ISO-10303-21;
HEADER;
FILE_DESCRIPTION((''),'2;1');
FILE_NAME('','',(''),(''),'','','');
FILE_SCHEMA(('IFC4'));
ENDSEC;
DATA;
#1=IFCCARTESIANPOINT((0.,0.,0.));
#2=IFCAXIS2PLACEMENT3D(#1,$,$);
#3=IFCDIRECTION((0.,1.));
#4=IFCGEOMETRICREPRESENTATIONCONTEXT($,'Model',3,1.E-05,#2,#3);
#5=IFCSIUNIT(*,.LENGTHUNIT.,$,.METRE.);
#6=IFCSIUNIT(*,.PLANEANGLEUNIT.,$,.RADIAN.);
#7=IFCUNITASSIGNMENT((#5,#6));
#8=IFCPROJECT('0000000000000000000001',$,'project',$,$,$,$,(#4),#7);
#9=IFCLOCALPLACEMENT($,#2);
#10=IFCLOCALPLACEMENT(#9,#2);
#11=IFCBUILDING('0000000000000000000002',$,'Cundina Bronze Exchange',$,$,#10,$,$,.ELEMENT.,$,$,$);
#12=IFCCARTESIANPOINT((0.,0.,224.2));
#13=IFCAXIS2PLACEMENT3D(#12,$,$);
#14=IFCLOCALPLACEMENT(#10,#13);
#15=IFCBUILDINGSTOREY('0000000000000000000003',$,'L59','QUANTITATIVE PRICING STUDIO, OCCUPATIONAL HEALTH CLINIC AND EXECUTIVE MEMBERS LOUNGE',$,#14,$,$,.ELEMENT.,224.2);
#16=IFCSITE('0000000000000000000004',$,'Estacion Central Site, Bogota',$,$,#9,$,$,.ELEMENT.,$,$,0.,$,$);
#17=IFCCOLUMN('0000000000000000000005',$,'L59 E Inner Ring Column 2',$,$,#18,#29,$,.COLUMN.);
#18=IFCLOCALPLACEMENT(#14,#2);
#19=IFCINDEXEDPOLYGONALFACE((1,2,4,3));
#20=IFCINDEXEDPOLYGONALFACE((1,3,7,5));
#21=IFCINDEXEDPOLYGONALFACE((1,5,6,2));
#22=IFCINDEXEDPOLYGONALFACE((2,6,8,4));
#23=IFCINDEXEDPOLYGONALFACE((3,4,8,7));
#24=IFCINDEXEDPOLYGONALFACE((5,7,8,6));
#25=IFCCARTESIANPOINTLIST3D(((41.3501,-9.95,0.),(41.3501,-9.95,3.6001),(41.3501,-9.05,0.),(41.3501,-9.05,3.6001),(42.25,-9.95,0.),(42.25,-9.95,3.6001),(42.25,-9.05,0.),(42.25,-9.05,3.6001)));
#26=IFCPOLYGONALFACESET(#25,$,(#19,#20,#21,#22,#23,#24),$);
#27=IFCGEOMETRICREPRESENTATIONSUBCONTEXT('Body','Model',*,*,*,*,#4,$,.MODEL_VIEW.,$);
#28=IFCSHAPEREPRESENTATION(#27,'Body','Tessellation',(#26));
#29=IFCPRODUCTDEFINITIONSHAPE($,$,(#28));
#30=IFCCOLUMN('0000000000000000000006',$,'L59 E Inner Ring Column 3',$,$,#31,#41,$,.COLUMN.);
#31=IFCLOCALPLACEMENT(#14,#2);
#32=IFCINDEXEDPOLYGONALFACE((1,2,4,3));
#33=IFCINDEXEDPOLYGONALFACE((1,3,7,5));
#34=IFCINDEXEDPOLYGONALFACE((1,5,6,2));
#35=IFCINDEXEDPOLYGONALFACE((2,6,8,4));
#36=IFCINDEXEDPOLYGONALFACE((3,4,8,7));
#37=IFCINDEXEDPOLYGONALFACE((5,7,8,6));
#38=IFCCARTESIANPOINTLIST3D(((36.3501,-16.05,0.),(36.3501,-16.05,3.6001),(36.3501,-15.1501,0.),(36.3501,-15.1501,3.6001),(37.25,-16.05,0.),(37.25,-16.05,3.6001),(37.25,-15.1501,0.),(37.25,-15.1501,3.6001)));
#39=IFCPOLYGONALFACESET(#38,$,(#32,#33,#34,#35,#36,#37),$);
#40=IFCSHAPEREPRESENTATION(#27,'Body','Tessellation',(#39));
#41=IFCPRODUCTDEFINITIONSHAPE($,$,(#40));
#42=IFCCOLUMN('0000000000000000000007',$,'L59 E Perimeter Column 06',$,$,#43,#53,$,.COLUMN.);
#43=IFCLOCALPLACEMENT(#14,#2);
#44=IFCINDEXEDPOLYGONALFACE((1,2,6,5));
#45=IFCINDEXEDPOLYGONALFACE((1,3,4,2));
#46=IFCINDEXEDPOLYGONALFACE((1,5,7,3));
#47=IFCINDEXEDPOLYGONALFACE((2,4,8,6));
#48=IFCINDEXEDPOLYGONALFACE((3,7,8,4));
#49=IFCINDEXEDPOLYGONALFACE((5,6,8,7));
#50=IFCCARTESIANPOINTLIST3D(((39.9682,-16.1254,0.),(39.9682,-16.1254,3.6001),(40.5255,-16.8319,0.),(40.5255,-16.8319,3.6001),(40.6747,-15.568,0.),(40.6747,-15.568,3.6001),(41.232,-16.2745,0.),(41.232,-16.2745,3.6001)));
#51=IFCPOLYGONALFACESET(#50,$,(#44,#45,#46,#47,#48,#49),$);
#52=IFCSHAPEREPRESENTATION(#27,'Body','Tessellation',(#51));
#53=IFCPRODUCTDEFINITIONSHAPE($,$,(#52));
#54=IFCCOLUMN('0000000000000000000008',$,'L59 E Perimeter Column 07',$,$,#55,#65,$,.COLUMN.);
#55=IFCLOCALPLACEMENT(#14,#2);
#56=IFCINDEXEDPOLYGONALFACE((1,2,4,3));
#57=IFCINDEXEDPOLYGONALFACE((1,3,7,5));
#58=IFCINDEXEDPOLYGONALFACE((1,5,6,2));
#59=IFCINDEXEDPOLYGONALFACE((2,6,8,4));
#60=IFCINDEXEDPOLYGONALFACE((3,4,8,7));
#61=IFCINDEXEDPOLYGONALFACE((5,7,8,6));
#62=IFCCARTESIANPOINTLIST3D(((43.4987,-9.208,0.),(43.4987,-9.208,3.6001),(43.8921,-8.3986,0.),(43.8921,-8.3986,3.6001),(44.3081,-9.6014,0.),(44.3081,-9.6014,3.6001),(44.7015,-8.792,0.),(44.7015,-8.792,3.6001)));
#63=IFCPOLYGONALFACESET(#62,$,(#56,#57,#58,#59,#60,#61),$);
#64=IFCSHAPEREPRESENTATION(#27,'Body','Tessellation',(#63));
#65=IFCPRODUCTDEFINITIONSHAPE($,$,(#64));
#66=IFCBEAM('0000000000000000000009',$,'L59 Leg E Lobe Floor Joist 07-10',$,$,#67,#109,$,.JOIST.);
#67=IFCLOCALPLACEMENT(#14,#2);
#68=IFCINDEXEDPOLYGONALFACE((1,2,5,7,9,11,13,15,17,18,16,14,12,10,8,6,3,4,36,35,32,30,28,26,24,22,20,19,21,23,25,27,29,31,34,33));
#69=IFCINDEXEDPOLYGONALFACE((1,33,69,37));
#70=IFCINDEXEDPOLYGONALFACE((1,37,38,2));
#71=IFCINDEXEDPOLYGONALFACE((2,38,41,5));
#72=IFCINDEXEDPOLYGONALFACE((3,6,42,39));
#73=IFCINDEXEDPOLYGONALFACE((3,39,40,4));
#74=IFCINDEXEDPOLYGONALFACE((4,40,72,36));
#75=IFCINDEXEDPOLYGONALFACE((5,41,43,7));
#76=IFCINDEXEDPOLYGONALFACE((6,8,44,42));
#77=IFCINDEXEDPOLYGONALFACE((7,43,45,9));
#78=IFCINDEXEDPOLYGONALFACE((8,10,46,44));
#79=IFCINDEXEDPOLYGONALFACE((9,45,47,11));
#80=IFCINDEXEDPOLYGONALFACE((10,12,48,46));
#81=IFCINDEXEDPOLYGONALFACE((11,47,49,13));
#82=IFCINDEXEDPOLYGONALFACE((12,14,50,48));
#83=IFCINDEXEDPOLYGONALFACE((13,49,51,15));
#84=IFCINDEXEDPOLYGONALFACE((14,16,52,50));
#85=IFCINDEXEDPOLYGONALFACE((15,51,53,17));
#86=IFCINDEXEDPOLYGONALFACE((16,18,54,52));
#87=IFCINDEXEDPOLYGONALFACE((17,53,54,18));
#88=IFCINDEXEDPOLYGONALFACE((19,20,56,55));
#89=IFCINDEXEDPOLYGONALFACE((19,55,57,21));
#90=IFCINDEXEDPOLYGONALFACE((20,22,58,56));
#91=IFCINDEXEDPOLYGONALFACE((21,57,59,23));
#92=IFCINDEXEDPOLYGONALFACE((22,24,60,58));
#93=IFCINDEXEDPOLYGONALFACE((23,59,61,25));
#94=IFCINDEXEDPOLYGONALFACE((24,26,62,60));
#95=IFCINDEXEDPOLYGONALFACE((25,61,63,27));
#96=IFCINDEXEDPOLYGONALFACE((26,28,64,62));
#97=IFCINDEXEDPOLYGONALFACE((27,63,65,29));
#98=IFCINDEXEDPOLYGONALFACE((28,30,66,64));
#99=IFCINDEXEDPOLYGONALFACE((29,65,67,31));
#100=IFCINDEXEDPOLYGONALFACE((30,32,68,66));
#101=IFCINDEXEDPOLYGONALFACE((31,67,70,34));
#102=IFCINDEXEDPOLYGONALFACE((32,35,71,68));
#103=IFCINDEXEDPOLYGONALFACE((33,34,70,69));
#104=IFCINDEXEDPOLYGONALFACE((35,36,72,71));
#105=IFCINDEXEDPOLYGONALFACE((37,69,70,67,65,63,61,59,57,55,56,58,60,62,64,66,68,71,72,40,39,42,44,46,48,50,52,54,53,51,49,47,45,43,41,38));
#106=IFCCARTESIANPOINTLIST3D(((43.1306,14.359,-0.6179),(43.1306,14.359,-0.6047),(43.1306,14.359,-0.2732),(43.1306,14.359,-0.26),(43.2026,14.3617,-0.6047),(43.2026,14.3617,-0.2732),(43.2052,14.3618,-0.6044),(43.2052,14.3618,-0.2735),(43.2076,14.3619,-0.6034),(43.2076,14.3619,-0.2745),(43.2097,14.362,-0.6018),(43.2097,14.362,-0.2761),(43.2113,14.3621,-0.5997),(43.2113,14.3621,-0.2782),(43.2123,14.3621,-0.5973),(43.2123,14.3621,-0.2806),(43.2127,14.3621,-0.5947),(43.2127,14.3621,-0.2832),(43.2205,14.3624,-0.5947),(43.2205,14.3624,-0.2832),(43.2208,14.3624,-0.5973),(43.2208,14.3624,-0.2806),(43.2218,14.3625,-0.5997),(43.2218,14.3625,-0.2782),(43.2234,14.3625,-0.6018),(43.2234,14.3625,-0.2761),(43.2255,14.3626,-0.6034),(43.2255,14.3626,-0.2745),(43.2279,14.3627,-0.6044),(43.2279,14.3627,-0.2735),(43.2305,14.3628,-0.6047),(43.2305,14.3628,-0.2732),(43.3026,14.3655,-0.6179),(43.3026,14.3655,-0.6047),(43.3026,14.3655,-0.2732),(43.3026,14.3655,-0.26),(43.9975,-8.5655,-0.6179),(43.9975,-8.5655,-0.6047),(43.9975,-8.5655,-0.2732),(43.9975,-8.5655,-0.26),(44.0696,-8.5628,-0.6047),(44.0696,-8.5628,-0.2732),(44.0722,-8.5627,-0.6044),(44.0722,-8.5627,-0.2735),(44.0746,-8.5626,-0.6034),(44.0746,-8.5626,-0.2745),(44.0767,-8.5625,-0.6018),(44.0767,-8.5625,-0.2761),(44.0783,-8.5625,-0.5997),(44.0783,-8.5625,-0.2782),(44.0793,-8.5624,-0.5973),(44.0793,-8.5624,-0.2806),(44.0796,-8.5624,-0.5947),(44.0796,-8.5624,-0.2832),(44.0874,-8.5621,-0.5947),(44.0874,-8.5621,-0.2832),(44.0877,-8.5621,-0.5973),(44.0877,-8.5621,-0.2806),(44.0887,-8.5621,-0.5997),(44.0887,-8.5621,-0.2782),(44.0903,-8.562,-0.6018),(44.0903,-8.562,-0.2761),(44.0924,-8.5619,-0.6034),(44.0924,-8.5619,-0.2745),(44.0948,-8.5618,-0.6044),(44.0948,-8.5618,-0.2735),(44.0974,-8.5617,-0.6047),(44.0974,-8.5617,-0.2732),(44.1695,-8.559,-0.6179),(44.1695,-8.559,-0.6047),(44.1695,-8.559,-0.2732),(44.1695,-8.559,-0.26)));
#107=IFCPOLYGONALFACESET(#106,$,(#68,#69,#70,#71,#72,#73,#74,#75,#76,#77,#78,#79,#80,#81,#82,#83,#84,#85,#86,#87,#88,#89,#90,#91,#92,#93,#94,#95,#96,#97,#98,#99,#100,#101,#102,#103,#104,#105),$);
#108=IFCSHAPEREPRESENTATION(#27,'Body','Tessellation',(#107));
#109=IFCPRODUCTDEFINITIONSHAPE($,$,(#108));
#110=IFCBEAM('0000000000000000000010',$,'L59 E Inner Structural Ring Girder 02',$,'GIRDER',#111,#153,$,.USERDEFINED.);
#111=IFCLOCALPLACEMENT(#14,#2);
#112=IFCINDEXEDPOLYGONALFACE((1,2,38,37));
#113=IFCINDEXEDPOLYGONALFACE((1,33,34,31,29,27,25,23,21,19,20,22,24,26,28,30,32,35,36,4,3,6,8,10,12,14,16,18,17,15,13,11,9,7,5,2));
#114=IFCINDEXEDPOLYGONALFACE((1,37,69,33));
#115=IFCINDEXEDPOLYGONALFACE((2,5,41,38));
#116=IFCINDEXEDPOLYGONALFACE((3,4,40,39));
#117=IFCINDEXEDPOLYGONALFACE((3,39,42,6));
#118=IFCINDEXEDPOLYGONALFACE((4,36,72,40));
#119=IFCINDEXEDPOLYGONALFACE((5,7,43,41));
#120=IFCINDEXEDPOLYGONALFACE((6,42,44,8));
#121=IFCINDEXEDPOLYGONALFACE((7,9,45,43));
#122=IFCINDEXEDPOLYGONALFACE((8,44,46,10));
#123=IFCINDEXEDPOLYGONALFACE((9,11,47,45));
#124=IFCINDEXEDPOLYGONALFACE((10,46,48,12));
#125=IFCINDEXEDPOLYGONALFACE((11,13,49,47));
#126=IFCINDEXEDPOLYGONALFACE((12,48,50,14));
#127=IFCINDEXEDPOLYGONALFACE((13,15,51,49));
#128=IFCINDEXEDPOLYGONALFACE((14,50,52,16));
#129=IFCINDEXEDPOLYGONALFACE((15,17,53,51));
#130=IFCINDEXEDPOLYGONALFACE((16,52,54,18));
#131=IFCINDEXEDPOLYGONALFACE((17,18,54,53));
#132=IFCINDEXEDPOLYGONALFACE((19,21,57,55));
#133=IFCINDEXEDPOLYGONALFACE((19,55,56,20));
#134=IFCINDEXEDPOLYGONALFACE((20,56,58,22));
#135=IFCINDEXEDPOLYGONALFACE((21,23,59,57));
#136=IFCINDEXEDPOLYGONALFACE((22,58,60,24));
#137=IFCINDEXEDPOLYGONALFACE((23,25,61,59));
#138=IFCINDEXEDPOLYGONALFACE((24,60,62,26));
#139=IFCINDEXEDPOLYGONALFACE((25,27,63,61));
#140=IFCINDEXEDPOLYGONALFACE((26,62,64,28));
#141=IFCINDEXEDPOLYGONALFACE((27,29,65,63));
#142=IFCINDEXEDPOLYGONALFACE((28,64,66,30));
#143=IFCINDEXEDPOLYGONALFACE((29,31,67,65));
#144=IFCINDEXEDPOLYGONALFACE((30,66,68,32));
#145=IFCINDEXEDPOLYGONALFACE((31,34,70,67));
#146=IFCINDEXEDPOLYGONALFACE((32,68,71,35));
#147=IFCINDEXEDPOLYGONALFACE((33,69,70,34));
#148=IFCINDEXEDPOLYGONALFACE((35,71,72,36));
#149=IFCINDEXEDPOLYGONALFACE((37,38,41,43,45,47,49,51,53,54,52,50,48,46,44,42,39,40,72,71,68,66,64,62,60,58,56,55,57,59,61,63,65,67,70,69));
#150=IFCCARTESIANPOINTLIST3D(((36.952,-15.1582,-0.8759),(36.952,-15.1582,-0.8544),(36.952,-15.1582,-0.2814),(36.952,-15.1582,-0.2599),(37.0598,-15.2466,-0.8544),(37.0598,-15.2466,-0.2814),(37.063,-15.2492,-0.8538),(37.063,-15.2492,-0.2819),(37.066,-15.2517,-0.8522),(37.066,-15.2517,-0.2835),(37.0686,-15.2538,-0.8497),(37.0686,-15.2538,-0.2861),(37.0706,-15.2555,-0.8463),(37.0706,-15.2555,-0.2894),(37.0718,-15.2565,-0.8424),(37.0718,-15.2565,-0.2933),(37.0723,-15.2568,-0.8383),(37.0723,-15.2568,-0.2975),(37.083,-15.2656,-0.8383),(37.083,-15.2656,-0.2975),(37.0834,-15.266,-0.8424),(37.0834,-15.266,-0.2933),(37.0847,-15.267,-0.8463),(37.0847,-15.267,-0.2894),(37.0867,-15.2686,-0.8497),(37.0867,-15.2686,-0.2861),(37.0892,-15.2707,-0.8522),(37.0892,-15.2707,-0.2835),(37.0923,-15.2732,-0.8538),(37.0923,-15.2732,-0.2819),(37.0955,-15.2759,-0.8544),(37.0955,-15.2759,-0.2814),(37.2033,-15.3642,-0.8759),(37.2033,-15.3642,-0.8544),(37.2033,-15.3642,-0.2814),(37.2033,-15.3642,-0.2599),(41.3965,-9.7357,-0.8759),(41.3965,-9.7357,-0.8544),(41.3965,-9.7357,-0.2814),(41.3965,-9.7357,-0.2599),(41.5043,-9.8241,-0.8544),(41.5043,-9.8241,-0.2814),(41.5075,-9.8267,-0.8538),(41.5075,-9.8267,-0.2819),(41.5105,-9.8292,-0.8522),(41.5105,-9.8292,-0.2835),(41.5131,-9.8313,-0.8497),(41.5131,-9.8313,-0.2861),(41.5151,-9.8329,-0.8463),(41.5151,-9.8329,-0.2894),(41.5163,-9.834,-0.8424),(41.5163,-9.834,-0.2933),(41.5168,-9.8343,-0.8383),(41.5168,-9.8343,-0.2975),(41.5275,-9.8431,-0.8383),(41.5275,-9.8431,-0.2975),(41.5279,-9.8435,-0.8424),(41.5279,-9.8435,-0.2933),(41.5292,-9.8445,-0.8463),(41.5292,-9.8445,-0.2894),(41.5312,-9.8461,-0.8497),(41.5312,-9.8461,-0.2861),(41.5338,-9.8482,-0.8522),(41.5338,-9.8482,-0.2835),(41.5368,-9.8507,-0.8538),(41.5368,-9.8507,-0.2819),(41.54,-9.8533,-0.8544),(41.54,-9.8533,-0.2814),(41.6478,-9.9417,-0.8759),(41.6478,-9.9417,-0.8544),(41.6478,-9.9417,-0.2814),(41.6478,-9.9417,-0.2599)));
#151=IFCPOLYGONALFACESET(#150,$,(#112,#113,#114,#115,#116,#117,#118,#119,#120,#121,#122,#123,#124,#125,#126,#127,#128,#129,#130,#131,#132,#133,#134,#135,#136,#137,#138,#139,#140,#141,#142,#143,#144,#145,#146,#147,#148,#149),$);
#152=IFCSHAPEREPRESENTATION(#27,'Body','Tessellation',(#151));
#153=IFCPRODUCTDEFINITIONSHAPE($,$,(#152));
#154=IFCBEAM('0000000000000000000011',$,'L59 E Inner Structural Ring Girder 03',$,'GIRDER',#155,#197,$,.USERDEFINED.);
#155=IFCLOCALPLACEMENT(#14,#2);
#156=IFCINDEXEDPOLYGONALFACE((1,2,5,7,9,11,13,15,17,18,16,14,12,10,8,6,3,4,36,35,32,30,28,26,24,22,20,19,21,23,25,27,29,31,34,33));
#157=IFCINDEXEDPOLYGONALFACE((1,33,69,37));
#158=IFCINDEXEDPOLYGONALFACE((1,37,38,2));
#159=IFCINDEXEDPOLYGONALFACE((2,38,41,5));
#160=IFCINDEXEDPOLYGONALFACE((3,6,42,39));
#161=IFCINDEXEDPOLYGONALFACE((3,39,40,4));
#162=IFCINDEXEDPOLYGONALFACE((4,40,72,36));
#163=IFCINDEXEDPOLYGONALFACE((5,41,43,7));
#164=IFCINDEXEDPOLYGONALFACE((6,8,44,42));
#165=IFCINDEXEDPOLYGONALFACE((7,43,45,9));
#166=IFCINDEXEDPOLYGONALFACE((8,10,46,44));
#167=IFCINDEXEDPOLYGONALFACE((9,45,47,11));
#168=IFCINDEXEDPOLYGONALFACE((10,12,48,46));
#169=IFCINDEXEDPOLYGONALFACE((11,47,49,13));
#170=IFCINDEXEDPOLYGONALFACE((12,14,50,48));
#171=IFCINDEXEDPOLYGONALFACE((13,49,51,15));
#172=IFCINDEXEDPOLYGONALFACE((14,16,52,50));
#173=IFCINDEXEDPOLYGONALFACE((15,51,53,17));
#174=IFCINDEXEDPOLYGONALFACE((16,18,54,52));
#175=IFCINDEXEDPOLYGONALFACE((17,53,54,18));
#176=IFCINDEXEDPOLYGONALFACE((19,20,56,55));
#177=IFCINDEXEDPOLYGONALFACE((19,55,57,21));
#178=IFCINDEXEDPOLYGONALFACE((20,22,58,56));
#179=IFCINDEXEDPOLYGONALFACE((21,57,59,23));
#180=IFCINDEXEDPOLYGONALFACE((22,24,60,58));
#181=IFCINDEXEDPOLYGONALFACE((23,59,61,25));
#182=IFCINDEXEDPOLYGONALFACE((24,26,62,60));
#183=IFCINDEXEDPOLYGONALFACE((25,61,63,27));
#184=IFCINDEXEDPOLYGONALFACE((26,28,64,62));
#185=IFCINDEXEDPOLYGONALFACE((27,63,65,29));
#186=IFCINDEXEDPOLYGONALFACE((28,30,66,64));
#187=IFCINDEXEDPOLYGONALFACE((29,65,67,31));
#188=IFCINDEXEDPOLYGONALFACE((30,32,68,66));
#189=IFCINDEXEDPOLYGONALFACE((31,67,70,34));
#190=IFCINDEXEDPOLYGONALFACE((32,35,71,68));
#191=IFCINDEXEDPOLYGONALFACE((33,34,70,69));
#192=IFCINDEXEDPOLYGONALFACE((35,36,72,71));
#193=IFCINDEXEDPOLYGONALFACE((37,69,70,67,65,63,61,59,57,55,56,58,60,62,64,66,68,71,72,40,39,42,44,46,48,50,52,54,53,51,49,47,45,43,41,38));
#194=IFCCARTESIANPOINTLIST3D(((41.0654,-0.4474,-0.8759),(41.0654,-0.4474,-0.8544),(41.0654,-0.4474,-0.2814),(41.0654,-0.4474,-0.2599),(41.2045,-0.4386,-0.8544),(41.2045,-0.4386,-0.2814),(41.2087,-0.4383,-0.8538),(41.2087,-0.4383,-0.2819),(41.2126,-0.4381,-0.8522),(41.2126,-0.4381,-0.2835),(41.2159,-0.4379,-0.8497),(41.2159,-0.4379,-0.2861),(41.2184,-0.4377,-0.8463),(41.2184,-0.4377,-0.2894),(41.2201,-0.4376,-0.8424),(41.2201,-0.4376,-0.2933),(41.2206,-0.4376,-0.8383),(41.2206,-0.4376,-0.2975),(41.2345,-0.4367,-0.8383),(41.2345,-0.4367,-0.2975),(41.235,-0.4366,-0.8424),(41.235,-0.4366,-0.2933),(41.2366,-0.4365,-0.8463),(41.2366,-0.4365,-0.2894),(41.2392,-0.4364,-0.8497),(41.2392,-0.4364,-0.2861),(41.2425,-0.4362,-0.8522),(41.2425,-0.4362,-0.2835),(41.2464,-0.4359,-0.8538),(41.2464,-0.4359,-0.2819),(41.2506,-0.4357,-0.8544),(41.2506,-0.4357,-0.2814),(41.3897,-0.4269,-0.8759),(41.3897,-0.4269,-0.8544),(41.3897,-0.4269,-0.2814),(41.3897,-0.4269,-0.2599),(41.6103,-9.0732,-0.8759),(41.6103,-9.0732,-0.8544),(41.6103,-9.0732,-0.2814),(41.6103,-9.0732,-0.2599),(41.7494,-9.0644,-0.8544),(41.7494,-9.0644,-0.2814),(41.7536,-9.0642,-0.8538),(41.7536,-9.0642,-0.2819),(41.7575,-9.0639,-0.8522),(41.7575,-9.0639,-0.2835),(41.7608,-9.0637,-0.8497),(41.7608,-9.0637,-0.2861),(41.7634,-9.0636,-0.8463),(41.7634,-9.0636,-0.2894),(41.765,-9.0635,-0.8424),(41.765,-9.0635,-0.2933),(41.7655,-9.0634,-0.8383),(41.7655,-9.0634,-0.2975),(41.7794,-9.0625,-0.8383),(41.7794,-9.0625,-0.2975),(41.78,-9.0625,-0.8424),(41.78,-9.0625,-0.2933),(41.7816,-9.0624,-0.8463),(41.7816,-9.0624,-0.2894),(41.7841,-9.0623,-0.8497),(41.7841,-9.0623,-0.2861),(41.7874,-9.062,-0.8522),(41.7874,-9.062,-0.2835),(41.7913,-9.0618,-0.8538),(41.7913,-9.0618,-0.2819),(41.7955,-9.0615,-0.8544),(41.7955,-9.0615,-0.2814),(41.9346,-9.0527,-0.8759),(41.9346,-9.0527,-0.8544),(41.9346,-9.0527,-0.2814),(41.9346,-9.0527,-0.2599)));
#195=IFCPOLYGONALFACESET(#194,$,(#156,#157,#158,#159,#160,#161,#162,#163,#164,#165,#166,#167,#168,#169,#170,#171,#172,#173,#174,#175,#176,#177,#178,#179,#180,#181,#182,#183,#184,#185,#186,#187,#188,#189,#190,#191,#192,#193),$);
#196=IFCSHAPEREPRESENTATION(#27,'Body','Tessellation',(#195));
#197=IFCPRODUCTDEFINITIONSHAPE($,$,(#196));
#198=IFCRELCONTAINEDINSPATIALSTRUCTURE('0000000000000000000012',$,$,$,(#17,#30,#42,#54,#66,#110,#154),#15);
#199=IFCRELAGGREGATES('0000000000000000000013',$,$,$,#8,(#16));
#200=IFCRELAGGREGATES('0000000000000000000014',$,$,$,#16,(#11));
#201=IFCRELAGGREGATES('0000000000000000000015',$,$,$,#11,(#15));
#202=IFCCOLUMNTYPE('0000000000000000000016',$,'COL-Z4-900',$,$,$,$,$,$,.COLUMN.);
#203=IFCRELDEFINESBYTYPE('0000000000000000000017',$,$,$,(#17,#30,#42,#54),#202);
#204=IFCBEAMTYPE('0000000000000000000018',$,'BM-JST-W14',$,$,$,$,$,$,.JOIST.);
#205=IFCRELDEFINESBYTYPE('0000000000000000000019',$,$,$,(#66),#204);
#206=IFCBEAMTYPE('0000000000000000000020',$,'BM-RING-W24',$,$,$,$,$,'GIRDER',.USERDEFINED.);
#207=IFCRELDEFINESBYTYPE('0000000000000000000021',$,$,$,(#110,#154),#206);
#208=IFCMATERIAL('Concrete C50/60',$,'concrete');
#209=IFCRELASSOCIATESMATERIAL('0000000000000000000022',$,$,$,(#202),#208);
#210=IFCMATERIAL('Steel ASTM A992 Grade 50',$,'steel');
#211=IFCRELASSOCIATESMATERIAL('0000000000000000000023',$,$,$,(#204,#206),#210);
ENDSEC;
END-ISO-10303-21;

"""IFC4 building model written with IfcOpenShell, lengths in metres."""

from ifc_helpers import new_model, si_unit, direction, frame, origin, origin_2d, place, context, subcontext, project, spatial, rectangle, i_section, extrude, material, material_profile, profile_set, type_object, element, save


model = new_model("IFC4")

# Units and contexts
model_context = context("Model", 3, precision=1e-05, world=origin(), true_north=direction((0.0, 1.0)))
body_context = subcontext(model_context, "Body", "Model", "MODEL_VIEW")
ifc_project = project(units=[si_unit("LENGTHUNIT", "METRE"), si_unit("PLANEANGLEUNIT", "RADIAN")], contexts=[model_context])

# Site, building, storey
site_placement = place(None, origin())
site = spatial("IfcSite", under=ifc_project, at=site_placement, Name="Estacion Central Site, Bogota", CompositionType="ELEMENT", RefElevation=0.0)
building_placement = place(site_placement, origin())
building = spatial("IfcBuilding", under=site, at=building_placement, Name="Cundina Bronze Exchange", CompositionType="ELEMENT")
storey_placement = place(building_placement, frame((0.0, 0.0, 224.2)))
storey = spatial("IfcBuildingStorey", under=building, at=storey_placement, Name="L59", Description="QUANTITATIVE PRICING STUDIO, OCCUPATIONAL HEALTH CLINIC AND EXECUTIVE MEMBERS LOUNGE", CompositionType="ELEMENT", Elevation=224.2)

# Columns
ifc_material_1 = material(Name="Concrete C50/60", Category="concrete")
ifc_material_profile_1 = material_profile(ifc_material_1, rectangle(XDim=0.8999, YDim=0.8999, at=origin_2d()), Name="RC900X900", Category="concrete")
ifc_profile_set_1 = profile_set([ifc_material_profile_1], Name="Concrete C50/60")
column_type = type_object("IfcColumnType", Name="COL-Z4-900", PredefinedType="COLUMN", material=ifc_profile_set_1)
for number, where, z_axis, x_axis, name in (
    (1, (41.8, -9.5, 0.0), (0.0, 0.0, 1.0), (1.0, 0.0, 0.0), "L59 E Inner Ring Column 2"),
    (2, (36.8, -15.6001, 0.0), (0.0, 0.0, 1.0), (1.0, 0.0, 0.0), "L59 E Inner Ring Column 3"),
    (3, (40.6001, -16.2, 0.0), (0.0, 0.0, 1.0), (0.785101, 0.619368, 0.0), "L59 E Perimeter Column 06"),
    (4, (44.1001, -9.0, 0.0), (0.0, 0.0, 1.0), (0.437116, 0.899405, 0.0), "L59 E Perimeter Column 07"),
):
    element("IfcColumn", number, at=place(storey_placement, frame(where, z_axis=z_axis, x_axis=x_axis)), inside=storey, type_object=column_type, Name=name, PredefinedType="COLUMN", context=body_context, shape_type="SweptSolid", body=[
        extrude(rectangle(XDim=0.8999, YDim=0.8999, at=origin_2d()), origin(), (0.0, 0.0, 1.0), 3.6001),
    ])

# Beams
ifc_material_2 = material(Name="Steel ASTM A992 Grade 50", Category="steel")
ifc_material_profile_2 = material_profile(ifc_material_2, i_section(OverallWidth=0.1721, OverallDepth=0.3579, WebThickness=0.0078, FlangeThickness=0.0132, FilletRadius=0.01, at=origin_2d()), Name="W14X38", Category="steel")
ifc_profile_set_2 = profile_set([ifc_material_profile_2], Name="Steel ASTM A992 Grade 50")
beam_type_1 = type_object("IfcBeamType", Name="BM-JST-W14", PredefinedType="JOIST", material=ifc_profile_set_2)
beam_1_placement = place(storey_placement, frame((44.0835, -8.5623, -0.439), z_axis=(-0.03779, 0.999286, 0.0), x_axis=(-0.999286, -0.03779, 0.0)))
element("IfcBeam", 5, at=beam_1_placement, inside=storey, type_object=beam_type_1, Name="L59 Leg E Lobe Floor Joist 07-10", PredefinedType="JOIST", context=body_context, shape_type="SweptSolid", body=[
    extrude(i_section(OverallWidth=0.1721, OverallDepth=0.3579, WebThickness=0.0078, FlangeThickness=0.0132, FilletRadius=0.01, at=origin_2d()), origin(), (0.0, 0.0, 1.0), 22.9409),
])
ifc_material_profile_3 = material_profile(ifc_material_2, i_section(OverallWidth=0.325, OverallDepth=0.616, WebThickness=0.0139, FlangeThickness=0.0215, FilletRadius=0.0161, at=origin_2d()), Name="W24X117", Category="steel")
ifc_profile_set_3 = profile_set([ifc_material_profile_3], Name="Steel ASTM A992 Grade 50")
beam_type_2 = type_object("IfcBeamType", Name="BM-RING-W24", ElementType="GIRDER", PredefinedType="USERDEFINED", material=ifc_profile_set_3)
beam_2_placement = place(storey_placement, frame((37.0776, -15.2612, -0.5679), z_axis=(0.633913, 0.773405, 0.0), x_axis=(-0.773405, 0.633913, 0.0)))
element("IfcBeam", 6, at=beam_2_placement, inside=storey, type_object=beam_type_2, Name="L59 E Inner Structural Ring Girder 02", ObjectType="GIRDER", PredefinedType="USERDEFINED", context=body_context, shape_type="SweptSolid", body=[
    extrude(i_section(OverallWidth=0.325, OverallDepth=0.616, WebThickness=0.0139, FlangeThickness=0.0215, FilletRadius=0.0161, at=origin_2d()), origin(), (0.0, 0.0, 1.0), 7.0112),
])
beam_3_placement = place(storey_placement, frame((41.7725, -9.063, -0.5679), z_axis=(-0.063047, 0.998011, 0.0), x_axis=(-0.998011, -0.063047, 0.0)))
element("IfcBeam", 7, at=beam_3_placement, inside=storey, type_object=beam_type_2, Name="L59 E Inner Structural Ring Girder 03", ObjectType="GIRDER", PredefinedType="USERDEFINED", context=body_context, shape_type="SweptSolid", body=[
    extrude(i_section(OverallWidth=0.325, OverallDepth=0.616, WebThickness=0.0139, FlangeThickness=0.0215, FilletRadius=0.0161, at=origin_2d()), origin(), (0.0, 0.0, 1.0), 8.6431),
])

save(model, "model.ifc")
